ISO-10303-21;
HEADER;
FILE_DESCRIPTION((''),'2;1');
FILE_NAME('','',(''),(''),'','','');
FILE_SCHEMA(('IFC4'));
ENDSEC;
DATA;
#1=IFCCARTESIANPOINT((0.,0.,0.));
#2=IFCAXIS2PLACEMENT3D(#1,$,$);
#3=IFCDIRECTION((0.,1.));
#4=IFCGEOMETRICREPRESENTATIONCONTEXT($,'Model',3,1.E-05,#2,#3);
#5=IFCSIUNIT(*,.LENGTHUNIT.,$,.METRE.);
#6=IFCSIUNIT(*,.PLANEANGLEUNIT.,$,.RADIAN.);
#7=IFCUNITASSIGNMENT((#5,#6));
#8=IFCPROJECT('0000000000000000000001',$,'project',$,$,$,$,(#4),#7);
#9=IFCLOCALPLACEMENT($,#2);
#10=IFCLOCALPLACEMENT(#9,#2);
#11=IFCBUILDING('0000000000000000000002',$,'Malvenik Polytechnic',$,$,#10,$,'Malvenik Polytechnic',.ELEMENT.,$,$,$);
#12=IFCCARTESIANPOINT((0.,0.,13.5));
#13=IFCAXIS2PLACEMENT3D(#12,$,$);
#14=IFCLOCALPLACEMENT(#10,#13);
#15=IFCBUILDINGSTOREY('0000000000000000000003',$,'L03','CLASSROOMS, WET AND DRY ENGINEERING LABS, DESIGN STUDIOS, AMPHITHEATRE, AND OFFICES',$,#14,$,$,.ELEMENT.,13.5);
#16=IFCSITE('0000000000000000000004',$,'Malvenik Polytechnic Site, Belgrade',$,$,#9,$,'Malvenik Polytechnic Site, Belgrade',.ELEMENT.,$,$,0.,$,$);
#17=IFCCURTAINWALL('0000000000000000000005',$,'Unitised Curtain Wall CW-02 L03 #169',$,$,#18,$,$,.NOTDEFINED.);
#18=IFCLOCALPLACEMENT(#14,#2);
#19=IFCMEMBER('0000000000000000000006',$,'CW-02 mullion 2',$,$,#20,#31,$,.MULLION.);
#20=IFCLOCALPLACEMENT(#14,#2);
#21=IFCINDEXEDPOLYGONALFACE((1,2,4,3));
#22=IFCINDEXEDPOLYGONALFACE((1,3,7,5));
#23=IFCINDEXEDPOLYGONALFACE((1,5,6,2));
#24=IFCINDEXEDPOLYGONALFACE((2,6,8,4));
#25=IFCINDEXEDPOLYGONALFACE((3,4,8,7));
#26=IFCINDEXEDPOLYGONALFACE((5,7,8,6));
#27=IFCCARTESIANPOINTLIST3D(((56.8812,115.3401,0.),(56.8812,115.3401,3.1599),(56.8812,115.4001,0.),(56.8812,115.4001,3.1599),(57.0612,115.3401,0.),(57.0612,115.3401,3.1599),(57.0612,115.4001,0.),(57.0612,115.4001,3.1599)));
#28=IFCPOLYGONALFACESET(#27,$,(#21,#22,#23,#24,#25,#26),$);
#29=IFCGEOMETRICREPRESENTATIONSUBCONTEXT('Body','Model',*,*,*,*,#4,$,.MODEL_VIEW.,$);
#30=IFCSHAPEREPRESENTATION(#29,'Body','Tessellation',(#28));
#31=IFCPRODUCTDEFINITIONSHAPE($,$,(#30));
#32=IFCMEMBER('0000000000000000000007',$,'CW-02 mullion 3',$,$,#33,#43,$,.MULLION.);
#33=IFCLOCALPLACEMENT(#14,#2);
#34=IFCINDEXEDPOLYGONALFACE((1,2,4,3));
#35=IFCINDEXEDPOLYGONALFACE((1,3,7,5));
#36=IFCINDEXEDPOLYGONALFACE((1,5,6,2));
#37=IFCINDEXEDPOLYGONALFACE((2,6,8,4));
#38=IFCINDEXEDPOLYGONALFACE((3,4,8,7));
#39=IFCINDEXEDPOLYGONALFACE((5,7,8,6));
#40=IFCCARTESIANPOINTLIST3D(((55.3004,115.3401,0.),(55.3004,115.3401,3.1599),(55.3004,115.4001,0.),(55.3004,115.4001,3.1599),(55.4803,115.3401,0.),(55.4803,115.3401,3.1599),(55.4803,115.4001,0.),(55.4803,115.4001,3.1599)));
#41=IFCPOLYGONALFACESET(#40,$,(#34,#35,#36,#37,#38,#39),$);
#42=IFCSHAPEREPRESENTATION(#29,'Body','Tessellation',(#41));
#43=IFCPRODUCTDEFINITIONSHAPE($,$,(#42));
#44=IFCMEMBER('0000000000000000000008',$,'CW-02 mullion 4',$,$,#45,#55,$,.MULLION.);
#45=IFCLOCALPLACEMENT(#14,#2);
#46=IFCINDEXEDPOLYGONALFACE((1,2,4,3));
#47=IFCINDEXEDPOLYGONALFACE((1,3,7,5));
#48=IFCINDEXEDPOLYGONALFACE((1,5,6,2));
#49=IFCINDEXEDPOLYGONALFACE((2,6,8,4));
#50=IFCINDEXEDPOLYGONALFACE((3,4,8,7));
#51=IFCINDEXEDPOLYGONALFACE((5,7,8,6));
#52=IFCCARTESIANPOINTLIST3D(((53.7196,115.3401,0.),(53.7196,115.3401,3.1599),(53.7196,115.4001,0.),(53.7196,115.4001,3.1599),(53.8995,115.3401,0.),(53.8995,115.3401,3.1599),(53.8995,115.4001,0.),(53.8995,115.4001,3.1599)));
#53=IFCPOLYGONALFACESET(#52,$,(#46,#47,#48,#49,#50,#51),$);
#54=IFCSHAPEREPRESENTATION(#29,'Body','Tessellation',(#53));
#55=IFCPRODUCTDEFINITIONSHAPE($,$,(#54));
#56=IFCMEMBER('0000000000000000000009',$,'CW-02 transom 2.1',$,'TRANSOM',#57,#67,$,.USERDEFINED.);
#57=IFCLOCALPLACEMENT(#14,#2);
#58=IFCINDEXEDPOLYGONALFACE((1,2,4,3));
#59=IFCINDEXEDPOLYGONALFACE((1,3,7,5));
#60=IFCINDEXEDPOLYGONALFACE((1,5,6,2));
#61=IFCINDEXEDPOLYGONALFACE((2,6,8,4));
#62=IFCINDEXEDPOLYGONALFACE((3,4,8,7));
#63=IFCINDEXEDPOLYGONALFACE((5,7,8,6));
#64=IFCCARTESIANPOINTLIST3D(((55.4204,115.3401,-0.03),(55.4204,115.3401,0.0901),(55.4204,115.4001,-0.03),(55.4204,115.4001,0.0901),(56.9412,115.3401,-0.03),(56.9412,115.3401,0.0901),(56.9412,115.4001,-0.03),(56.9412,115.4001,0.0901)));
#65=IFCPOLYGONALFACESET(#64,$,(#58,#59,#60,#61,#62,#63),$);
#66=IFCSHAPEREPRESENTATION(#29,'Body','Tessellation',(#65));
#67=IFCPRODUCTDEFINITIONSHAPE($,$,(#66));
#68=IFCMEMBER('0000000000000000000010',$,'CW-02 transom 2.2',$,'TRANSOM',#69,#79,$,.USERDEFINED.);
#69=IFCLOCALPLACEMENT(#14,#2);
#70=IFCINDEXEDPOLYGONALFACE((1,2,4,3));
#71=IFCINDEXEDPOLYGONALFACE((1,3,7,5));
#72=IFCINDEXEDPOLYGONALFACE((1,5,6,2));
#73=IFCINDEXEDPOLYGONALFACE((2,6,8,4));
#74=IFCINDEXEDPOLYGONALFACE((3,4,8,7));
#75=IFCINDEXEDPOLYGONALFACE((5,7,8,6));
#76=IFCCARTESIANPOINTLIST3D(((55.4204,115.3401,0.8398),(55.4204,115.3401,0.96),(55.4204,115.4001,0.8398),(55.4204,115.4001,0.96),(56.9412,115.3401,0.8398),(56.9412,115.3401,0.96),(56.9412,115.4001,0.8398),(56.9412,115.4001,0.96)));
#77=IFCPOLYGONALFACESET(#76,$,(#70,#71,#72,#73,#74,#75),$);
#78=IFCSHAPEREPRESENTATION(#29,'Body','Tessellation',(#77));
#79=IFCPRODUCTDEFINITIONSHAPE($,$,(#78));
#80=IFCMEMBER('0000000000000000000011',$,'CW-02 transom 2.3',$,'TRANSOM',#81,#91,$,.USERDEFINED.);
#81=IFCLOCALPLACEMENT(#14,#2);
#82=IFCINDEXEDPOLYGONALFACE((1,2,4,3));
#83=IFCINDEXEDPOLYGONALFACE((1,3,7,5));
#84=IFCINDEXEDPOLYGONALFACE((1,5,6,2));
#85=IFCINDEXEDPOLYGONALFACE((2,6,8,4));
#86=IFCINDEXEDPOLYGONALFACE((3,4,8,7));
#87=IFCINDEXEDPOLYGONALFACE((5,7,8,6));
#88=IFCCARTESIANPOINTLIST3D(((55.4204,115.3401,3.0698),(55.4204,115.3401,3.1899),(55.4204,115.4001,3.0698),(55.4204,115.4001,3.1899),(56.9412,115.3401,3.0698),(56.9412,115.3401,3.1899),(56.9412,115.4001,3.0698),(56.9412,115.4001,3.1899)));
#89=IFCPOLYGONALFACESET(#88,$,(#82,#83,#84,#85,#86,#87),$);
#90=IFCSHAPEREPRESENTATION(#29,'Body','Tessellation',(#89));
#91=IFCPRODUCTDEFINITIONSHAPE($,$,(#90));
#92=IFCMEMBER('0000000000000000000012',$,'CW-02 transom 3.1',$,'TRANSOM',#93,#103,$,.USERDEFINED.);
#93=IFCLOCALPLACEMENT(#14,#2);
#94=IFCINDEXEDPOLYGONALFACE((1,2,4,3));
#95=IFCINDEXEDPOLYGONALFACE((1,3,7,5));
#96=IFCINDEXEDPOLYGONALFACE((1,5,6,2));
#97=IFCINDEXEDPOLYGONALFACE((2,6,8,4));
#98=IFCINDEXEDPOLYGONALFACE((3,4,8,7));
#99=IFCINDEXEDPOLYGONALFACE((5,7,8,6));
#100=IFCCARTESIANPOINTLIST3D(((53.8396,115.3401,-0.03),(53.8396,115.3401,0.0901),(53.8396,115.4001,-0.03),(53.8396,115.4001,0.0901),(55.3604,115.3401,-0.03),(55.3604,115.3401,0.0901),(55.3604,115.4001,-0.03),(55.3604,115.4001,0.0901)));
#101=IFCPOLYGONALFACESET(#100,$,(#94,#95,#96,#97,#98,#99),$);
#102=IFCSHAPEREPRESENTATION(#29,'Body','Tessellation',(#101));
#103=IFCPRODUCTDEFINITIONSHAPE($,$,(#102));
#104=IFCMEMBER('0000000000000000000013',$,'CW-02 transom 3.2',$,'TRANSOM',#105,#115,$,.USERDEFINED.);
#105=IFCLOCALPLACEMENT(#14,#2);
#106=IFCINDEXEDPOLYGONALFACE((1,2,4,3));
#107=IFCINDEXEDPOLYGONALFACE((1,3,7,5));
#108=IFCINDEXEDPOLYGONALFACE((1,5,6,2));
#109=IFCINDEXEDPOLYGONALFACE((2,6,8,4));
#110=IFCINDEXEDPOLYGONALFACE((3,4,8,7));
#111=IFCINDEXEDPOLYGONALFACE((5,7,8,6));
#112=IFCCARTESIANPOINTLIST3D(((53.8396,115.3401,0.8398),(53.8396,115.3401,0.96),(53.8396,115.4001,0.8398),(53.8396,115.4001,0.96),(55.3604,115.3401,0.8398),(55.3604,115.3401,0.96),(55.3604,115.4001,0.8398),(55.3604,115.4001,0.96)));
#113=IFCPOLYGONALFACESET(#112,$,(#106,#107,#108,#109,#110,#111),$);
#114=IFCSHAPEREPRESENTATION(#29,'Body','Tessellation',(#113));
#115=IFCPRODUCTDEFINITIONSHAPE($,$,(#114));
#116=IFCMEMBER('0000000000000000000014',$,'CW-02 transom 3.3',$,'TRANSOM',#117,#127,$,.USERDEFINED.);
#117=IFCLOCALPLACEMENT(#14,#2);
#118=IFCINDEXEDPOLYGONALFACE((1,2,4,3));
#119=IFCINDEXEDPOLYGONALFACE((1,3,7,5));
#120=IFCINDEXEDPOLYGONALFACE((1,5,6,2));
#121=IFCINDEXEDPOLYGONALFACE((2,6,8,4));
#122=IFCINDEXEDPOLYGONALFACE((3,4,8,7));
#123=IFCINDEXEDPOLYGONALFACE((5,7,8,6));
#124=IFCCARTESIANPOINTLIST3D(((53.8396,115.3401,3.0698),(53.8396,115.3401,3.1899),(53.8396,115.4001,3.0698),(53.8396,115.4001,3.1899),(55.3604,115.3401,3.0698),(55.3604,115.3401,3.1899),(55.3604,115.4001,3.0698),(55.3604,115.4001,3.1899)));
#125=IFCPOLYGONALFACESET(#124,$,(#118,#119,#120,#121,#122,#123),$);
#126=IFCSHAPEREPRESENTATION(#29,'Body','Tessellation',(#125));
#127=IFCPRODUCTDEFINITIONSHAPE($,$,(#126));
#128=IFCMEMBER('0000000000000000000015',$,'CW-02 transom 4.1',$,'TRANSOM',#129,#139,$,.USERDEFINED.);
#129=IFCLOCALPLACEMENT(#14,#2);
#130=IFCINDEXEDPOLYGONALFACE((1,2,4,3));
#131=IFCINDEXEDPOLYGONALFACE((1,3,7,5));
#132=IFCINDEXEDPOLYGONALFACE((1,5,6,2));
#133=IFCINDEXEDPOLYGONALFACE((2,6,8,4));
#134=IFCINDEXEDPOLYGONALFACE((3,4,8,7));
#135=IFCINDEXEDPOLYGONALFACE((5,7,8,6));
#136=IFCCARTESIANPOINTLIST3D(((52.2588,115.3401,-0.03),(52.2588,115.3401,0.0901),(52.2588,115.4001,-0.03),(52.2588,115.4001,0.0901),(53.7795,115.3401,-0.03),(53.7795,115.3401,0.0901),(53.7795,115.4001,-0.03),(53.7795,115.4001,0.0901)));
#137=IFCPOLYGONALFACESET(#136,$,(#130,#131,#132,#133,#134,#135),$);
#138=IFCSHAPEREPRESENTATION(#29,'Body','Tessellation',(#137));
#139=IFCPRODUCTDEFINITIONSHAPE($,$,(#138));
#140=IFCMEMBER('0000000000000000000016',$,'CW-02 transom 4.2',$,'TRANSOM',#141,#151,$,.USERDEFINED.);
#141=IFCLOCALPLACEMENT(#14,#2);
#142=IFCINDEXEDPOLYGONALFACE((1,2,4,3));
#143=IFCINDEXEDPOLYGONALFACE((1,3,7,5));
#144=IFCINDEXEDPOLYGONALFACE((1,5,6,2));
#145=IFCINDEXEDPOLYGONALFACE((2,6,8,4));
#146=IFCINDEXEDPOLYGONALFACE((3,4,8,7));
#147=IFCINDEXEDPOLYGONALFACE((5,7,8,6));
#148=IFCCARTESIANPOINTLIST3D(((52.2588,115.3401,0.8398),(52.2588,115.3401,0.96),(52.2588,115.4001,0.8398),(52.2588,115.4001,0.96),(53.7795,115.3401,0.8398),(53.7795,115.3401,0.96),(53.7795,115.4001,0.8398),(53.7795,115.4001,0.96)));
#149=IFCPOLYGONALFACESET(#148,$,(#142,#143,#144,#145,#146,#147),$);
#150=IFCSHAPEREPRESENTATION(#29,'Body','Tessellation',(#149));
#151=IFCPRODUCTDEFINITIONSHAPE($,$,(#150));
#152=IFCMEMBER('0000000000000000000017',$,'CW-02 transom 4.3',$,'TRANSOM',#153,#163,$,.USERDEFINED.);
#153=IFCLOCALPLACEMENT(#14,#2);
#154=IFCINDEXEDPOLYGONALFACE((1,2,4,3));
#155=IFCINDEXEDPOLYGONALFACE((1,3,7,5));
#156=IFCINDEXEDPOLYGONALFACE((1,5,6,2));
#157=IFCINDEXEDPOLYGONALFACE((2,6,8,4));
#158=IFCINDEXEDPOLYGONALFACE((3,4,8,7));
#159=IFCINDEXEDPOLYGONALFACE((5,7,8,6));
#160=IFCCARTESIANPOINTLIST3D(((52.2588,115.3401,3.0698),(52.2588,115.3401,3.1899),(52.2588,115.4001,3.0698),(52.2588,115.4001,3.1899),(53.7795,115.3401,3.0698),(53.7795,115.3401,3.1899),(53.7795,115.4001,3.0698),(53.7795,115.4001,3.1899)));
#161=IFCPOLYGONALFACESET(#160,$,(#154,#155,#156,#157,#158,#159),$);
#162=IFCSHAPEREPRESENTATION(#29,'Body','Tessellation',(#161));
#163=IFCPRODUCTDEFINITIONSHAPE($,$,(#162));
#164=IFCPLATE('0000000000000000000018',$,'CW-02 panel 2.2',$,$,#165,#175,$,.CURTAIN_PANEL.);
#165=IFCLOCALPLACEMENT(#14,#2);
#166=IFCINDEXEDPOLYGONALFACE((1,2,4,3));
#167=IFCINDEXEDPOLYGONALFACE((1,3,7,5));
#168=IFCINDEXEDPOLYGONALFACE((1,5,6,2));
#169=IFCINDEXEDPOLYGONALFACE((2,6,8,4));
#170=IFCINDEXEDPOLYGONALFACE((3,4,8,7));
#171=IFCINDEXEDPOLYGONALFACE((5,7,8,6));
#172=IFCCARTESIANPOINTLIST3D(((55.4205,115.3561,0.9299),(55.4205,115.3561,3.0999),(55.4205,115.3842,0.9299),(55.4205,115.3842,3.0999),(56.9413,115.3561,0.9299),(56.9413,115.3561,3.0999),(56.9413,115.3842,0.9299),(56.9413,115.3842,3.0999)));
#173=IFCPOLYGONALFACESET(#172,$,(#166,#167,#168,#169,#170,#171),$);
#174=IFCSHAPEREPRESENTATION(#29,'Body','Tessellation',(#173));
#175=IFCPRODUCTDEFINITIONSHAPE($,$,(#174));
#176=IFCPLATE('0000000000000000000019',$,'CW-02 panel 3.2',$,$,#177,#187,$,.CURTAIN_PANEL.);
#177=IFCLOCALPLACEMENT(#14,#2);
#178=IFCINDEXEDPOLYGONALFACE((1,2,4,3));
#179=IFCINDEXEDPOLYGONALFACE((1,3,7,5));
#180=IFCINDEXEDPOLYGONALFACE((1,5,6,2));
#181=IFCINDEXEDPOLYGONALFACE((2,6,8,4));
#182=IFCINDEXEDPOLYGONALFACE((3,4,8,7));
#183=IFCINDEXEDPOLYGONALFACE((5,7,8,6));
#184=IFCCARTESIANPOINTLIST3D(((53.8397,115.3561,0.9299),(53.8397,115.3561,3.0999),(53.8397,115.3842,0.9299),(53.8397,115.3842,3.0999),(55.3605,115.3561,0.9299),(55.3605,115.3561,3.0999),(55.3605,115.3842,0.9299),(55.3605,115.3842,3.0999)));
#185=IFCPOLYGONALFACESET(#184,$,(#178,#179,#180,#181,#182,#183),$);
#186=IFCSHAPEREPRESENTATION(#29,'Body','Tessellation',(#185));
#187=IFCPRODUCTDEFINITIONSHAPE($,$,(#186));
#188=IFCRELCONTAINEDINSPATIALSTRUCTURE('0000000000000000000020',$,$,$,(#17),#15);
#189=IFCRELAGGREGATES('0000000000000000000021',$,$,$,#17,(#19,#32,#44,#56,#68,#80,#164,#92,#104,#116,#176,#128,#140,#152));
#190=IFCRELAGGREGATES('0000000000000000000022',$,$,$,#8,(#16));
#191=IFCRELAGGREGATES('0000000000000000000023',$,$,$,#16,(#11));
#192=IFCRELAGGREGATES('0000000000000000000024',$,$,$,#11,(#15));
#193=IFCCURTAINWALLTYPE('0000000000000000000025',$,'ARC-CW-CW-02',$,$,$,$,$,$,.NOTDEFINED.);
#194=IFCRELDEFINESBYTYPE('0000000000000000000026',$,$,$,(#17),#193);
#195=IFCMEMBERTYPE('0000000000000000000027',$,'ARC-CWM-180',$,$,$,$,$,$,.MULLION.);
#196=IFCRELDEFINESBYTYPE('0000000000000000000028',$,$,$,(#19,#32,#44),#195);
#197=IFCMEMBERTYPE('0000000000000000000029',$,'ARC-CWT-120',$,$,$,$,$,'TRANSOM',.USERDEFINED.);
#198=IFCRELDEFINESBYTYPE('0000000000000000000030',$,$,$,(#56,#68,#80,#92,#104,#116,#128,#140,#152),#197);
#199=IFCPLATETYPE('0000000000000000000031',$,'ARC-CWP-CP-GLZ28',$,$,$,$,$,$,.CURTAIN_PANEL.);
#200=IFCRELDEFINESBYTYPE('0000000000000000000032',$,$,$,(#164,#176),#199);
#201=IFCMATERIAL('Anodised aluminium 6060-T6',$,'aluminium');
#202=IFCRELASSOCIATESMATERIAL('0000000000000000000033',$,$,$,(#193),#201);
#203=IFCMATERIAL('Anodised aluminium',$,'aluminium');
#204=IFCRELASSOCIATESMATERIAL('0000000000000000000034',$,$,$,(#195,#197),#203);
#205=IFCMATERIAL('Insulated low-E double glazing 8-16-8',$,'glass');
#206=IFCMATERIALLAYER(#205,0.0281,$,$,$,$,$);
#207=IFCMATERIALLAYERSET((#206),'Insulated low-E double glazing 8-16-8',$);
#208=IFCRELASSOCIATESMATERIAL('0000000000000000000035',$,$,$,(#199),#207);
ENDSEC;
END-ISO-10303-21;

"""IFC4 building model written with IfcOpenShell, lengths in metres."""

from ifc_helpers import new_model, si_unit, direction, frame, origin, origin_2d, place, context, subcontext, project, spatial, rectangle, extrude, material, layer, layer_set, material_profile, profile_set, type_object, element, aggregate, save


model = new_model("IFC4")

# Units and contexts
model_context = context("Model", 3, precision=1e-05, world=origin(), true_north=direction((0.0, 1.0)))
body_context = subcontext(model_context, "Body", "Model", "MODEL_VIEW")
ifc_project = project(units=[si_unit("LENGTHUNIT", "METRE"), si_unit("PLANEANGLEUNIT", "RADIAN")], contexts=[model_context])

# Site, building, storey
site_placement = place(None, origin())
site = spatial("IfcSite", under=ifc_project, at=site_placement, Name="Malvenik Polytechnic Site, Belgrade", LongName="Malvenik Polytechnic Site, Belgrade", CompositionType="ELEMENT", RefElevation=0.0)
building_placement = place(site_placement, origin())
building = spatial("IfcBuilding", under=site, at=building_placement, Name="Malvenik Polytechnic", LongName="Malvenik Polytechnic", CompositionType="ELEMENT")
storey_placement = place(building_placement, frame((0.0, 0.0, 13.5)))
storey = spatial("IfcBuildingStorey", under=building, at=storey_placement, Name="L03", Description="CLASSROOMS, WET AND DRY ENGINEERING LABS, DESIGN STUDIOS, AMPHITHEATRE, AND OFFICES", CompositionType="ELEMENT", Elevation=13.5)

# Curtain wall, members, plates
ifc_material_1 = material(Name="Anodised aluminium 6060-T6", Category="aluminium")
curtain_wall_type = type_object("IfcCurtainWallType", Name="ARC-CW-CW-02", PredefinedType="NOTDEFINED", material=ifc_material_1)
curtain_wall_placement = place(storey_placement, origin())
curtain_wall = element("IfcCurtainWall", 1, at=curtain_wall_placement, inside=storey, type_object=curtain_wall_type, Name="Unitised Curtain Wall CW-02 L03 #169", PredefinedType="NOTDEFINED")
ifc_material_2 = material(Name="Anodised aluminium", Category="aluminium")
ifc_material_profile_1 = material_profile(ifc_material_2, rectangle(XDim=0.0601, YDim=0.1799, at=origin_2d()), Name="ALU MULLION 60x180")
ifc_profile_set_1 = profile_set([ifc_material_profile_1], Name="Anodised aluminium")
member_type_1 = type_object("IfcMemberType", Name="ARC-CWM-180", PredefinedType="MULLION", material=ifc_profile_set_1)
member_1_placement = place(storey_placement, frame((56.9712, 115.3701, 0.0), z_axis=(0.0, 0.0, 1.0), x_axis=(0.0, -1.0, 0.0)))
member_1 = element("IfcMember", 2, at=member_1_placement, type_object=member_type_1, Name="CW-02 mullion 2", PredefinedType="MULLION", context=body_context, shape_type="SweptSolid", body=[
    extrude(rectangle(XDim=0.0601, YDim=0.1799, at=origin_2d()), origin(), (0.0, 0.0, 1.0), 3.1599),
])
member_2_placement = place(storey_placement, frame((55.3904, 115.3701, 0.0), z_axis=(0.0, 0.0, 1.0), x_axis=(0.0, -1.0, 0.0)))
member_2 = element("IfcMember", 3, at=member_2_placement, type_object=member_type_1, Name="CW-02 mullion 3", PredefinedType="MULLION", context=body_context, shape_type="SweptSolid", body=[
    extrude(rectangle(XDim=0.0601, YDim=0.1799, at=origin_2d()), origin(), (0.0, 0.0, 1.0), 3.1599),
])
member_3_placement = place(storey_placement, frame((53.8096, 115.3701, 0.0), z_axis=(0.0, 0.0, 1.0), x_axis=(0.0, -1.0, 0.0)))
member_3 = element("IfcMember", 4, at=member_3_placement, type_object=member_type_1, Name="CW-02 mullion 4", PredefinedType="MULLION", context=body_context, shape_type="SweptSolid", body=[
    extrude(rectangle(XDim=0.0601, YDim=0.1799, at=origin_2d()), origin(), (0.0, 0.0, 1.0), 3.1599),
])
ifc_material_profile_2 = material_profile(ifc_material_2, rectangle(XDim=0.0601, YDim=0.1201, at=origin_2d()), Name="ALU TRANSOM 60x120")
ifc_profile_set_2 = profile_set([ifc_material_profile_2], Name="Anodised aluminium")
member_type_2 = type_object("IfcMemberType", Name="ARC-CWT-120", ElementType="TRANSOM", PredefinedType="USERDEFINED", material=ifc_profile_set_2)
member_4_placement = place(storey_placement, frame((56.9412, 115.3701, 0.03), z_axis=(-1.0, 0.0, 0.0), x_axis=(0.0, -1.0, 0.0)))
member_4 = element("IfcMember", 5, at=member_4_placement, type_object=member_type_2, Name="CW-02 transom 2.1", ObjectType="TRANSOM", PredefinedType="USERDEFINED", context=body_context, shape_type="SweptSolid", body=[
    extrude(rectangle(XDim=0.0601, YDim=0.1201, at=origin_2d()), origin(), (0.0, 0.0, 1.0), 1.5208),
])
member_5_placement = place(storey_placement, frame((56.9412, 115.3701, 0.8999), z_axis=(-1.0, 0.0, 0.0), x_axis=(0.0, -1.0, 0.0)))
member_5 = element("IfcMember", 6, at=member_5_placement, type_object=member_type_2, Name="CW-02 transom 2.2", ObjectType="TRANSOM", PredefinedType="USERDEFINED", context=body_context, shape_type="SweptSolid", body=[
    extrude(rectangle(XDim=0.0601, YDim=0.1201, at=origin_2d()), origin(), (0.0, 0.0, 1.0), 1.5208),
])
member_6_placement = place(storey_placement, frame((56.9412, 115.3701, 3.1299), z_axis=(-1.0, 0.0, 0.0), x_axis=(0.0, -1.0, 0.0)))
member_6 = element("IfcMember", 7, at=member_6_placement, type_object=member_type_2, Name="CW-02 transom 2.3", ObjectType="TRANSOM", PredefinedType="USERDEFINED", context=body_context, shape_type="SweptSolid", body=[
    extrude(rectangle(XDim=0.0601, YDim=0.1201, at=origin_2d()), origin(), (0.0, 0.0, 1.0), 1.5208),
])
member_7_placement = place(storey_placement, frame((55.3604, 115.3701, 0.03), z_axis=(-1.0, 0.0, 0.0), x_axis=(0.0, -1.0, 0.0)))
member_7 = element("IfcMember", 8, at=member_7_placement, type_object=member_type_2, Name="CW-02 transom 3.1", ObjectType="TRANSOM", PredefinedType="USERDEFINED", context=body_context, shape_type="SweptSolid", body=[
    extrude(rectangle(XDim=0.0601, YDim=0.1201, at=origin_2d()), origin(), (0.0, 0.0, 1.0), 1.5208),
])
member_8_placement = place(storey_placement, frame((55.3604, 115.3701, 0.8999), z_axis=(-1.0, 0.0, 0.0), x_axis=(0.0, -1.0, 0.0)))
member_8 = element("IfcMember", 9, at=member_8_placement, type_object=member_type_2, Name="CW-02 transom 3.2", ObjectType="TRANSOM", PredefinedType="USERDEFINED", context=body_context, shape_type="SweptSolid", body=[
    extrude(rectangle(XDim=0.0601, YDim=0.1201, at=origin_2d()), origin(), (0.0, 0.0, 1.0), 1.5208),
])
member_9_placement = place(storey_placement, frame((55.3604, 115.3701, 3.1299), z_axis=(-1.0, 0.0, 0.0), x_axis=(0.0, -1.0, 0.0)))
member_9 = element("IfcMember", 10, at=member_9_placement, type_object=member_type_2, Name="CW-02 transom 3.3", ObjectType="TRANSOM", PredefinedType="USERDEFINED", context=body_context, shape_type="SweptSolid", body=[
    extrude(rectangle(XDim=0.0601, YDim=0.1201, at=origin_2d()), origin(), (0.0, 0.0, 1.0), 1.5208),
])
member_10_placement = place(storey_placement, frame((53.7795, 115.3701, 0.03), z_axis=(-1.0, 0.0, 0.0), x_axis=(0.0, -1.0, 0.0)))
member_10 = element("IfcMember", 11, at=member_10_placement, type_object=member_type_2, Name="CW-02 transom 4.1", ObjectType="TRANSOM", PredefinedType="USERDEFINED", context=body_context, shape_type="SweptSolid", body=[
    extrude(rectangle(XDim=0.0601, YDim=0.1201, at=origin_2d()), origin(), (0.0, 0.0, 1.0), 1.5208),
])
member_11_placement = place(storey_placement, frame((53.7795, 115.3701, 0.8999), z_axis=(-1.0, 0.0, 0.0), x_axis=(0.0, -1.0, 0.0)))
member_11 = element("IfcMember", 12, at=member_11_placement, type_object=member_type_2, Name="CW-02 transom 4.2", ObjectType="TRANSOM", PredefinedType="USERDEFINED", context=body_context, shape_type="SweptSolid", body=[
    extrude(rectangle(XDim=0.0601, YDim=0.1201, at=origin_2d()), origin(), (0.0, 0.0, 1.0), 1.5208),
])
member_12_placement = place(storey_placement, frame((53.7795, 115.3701, 3.1299), z_axis=(-1.0, 0.0, 0.0), x_axis=(0.0, -1.0, 0.0)))
member_12 = element("IfcMember", 13, at=member_12_placement, type_object=member_type_2, Name="CW-02 transom 4.3", ObjectType="TRANSOM", PredefinedType="USERDEFINED", context=body_context, shape_type="SweptSolid", body=[
    extrude(rectangle(XDim=0.0601, YDim=0.1201, at=origin_2d()), origin(), (0.0, 0.0, 1.0), 1.5208),
])
ifc_material_3 = material(Name="Insulated low-E double glazing 8-16-8", Category="glass")
ifc_layer_1 = layer(ifc_material_3, 0.0281)
ifc_layer_set_1 = layer_set([ifc_layer_1], Name="Insulated low-E double glazing 8-16-8")
plate_type_1 = type_object("IfcPlateType", Name="ARC-CWP-CP-GLZ28", PredefinedType="CURTAIN_PANEL", material=ifc_layer_set_1)
plate_1_placement = place(storey_placement, frame((56.1809, 115.3701, 0.9299), z_axis=(0.0, 0.0, 1.0), x_axis=(-1.0, 0.0, 0.0)))
plate_1 = element("IfcPlate", 14, at=plate_1_placement, type_object=plate_type_1, Name="CW-02 panel 2.2", PredefinedType="CURTAIN_PANEL", context=body_context, shape_type="SweptSolid", body=[
    extrude(rectangle(XDim=1.5208, YDim=0.0281, at=origin_2d()), origin(), (0.0, 0.0, 1.0), 2.1699),
])
plate_2_placement = place(storey_placement, frame((54.6001, 115.3701, 0.9299), z_axis=(0.0, 0.0, 1.0), x_axis=(-1.0, 0.0, 0.0)))
plate_2 = element("IfcPlate", 15, at=plate_2_placement, type_object=plate_type_1, Name="CW-02 panel 3.2", PredefinedType="CURTAIN_PANEL", context=body_context, shape_type="SweptSolid", body=[
    extrude(rectangle(XDim=1.5208, YDim=0.0281, at=origin_2d()), origin(), (0.0, 0.0, 1.0), 2.1699),
])
aggregate(curtain_wall, [member_1, member_2, member_3, member_4, member_5, member_6, plate_1, member_7, member_8, member_9, plate_2, member_10, member_11, member_12])

save(model, "model.ifc")
